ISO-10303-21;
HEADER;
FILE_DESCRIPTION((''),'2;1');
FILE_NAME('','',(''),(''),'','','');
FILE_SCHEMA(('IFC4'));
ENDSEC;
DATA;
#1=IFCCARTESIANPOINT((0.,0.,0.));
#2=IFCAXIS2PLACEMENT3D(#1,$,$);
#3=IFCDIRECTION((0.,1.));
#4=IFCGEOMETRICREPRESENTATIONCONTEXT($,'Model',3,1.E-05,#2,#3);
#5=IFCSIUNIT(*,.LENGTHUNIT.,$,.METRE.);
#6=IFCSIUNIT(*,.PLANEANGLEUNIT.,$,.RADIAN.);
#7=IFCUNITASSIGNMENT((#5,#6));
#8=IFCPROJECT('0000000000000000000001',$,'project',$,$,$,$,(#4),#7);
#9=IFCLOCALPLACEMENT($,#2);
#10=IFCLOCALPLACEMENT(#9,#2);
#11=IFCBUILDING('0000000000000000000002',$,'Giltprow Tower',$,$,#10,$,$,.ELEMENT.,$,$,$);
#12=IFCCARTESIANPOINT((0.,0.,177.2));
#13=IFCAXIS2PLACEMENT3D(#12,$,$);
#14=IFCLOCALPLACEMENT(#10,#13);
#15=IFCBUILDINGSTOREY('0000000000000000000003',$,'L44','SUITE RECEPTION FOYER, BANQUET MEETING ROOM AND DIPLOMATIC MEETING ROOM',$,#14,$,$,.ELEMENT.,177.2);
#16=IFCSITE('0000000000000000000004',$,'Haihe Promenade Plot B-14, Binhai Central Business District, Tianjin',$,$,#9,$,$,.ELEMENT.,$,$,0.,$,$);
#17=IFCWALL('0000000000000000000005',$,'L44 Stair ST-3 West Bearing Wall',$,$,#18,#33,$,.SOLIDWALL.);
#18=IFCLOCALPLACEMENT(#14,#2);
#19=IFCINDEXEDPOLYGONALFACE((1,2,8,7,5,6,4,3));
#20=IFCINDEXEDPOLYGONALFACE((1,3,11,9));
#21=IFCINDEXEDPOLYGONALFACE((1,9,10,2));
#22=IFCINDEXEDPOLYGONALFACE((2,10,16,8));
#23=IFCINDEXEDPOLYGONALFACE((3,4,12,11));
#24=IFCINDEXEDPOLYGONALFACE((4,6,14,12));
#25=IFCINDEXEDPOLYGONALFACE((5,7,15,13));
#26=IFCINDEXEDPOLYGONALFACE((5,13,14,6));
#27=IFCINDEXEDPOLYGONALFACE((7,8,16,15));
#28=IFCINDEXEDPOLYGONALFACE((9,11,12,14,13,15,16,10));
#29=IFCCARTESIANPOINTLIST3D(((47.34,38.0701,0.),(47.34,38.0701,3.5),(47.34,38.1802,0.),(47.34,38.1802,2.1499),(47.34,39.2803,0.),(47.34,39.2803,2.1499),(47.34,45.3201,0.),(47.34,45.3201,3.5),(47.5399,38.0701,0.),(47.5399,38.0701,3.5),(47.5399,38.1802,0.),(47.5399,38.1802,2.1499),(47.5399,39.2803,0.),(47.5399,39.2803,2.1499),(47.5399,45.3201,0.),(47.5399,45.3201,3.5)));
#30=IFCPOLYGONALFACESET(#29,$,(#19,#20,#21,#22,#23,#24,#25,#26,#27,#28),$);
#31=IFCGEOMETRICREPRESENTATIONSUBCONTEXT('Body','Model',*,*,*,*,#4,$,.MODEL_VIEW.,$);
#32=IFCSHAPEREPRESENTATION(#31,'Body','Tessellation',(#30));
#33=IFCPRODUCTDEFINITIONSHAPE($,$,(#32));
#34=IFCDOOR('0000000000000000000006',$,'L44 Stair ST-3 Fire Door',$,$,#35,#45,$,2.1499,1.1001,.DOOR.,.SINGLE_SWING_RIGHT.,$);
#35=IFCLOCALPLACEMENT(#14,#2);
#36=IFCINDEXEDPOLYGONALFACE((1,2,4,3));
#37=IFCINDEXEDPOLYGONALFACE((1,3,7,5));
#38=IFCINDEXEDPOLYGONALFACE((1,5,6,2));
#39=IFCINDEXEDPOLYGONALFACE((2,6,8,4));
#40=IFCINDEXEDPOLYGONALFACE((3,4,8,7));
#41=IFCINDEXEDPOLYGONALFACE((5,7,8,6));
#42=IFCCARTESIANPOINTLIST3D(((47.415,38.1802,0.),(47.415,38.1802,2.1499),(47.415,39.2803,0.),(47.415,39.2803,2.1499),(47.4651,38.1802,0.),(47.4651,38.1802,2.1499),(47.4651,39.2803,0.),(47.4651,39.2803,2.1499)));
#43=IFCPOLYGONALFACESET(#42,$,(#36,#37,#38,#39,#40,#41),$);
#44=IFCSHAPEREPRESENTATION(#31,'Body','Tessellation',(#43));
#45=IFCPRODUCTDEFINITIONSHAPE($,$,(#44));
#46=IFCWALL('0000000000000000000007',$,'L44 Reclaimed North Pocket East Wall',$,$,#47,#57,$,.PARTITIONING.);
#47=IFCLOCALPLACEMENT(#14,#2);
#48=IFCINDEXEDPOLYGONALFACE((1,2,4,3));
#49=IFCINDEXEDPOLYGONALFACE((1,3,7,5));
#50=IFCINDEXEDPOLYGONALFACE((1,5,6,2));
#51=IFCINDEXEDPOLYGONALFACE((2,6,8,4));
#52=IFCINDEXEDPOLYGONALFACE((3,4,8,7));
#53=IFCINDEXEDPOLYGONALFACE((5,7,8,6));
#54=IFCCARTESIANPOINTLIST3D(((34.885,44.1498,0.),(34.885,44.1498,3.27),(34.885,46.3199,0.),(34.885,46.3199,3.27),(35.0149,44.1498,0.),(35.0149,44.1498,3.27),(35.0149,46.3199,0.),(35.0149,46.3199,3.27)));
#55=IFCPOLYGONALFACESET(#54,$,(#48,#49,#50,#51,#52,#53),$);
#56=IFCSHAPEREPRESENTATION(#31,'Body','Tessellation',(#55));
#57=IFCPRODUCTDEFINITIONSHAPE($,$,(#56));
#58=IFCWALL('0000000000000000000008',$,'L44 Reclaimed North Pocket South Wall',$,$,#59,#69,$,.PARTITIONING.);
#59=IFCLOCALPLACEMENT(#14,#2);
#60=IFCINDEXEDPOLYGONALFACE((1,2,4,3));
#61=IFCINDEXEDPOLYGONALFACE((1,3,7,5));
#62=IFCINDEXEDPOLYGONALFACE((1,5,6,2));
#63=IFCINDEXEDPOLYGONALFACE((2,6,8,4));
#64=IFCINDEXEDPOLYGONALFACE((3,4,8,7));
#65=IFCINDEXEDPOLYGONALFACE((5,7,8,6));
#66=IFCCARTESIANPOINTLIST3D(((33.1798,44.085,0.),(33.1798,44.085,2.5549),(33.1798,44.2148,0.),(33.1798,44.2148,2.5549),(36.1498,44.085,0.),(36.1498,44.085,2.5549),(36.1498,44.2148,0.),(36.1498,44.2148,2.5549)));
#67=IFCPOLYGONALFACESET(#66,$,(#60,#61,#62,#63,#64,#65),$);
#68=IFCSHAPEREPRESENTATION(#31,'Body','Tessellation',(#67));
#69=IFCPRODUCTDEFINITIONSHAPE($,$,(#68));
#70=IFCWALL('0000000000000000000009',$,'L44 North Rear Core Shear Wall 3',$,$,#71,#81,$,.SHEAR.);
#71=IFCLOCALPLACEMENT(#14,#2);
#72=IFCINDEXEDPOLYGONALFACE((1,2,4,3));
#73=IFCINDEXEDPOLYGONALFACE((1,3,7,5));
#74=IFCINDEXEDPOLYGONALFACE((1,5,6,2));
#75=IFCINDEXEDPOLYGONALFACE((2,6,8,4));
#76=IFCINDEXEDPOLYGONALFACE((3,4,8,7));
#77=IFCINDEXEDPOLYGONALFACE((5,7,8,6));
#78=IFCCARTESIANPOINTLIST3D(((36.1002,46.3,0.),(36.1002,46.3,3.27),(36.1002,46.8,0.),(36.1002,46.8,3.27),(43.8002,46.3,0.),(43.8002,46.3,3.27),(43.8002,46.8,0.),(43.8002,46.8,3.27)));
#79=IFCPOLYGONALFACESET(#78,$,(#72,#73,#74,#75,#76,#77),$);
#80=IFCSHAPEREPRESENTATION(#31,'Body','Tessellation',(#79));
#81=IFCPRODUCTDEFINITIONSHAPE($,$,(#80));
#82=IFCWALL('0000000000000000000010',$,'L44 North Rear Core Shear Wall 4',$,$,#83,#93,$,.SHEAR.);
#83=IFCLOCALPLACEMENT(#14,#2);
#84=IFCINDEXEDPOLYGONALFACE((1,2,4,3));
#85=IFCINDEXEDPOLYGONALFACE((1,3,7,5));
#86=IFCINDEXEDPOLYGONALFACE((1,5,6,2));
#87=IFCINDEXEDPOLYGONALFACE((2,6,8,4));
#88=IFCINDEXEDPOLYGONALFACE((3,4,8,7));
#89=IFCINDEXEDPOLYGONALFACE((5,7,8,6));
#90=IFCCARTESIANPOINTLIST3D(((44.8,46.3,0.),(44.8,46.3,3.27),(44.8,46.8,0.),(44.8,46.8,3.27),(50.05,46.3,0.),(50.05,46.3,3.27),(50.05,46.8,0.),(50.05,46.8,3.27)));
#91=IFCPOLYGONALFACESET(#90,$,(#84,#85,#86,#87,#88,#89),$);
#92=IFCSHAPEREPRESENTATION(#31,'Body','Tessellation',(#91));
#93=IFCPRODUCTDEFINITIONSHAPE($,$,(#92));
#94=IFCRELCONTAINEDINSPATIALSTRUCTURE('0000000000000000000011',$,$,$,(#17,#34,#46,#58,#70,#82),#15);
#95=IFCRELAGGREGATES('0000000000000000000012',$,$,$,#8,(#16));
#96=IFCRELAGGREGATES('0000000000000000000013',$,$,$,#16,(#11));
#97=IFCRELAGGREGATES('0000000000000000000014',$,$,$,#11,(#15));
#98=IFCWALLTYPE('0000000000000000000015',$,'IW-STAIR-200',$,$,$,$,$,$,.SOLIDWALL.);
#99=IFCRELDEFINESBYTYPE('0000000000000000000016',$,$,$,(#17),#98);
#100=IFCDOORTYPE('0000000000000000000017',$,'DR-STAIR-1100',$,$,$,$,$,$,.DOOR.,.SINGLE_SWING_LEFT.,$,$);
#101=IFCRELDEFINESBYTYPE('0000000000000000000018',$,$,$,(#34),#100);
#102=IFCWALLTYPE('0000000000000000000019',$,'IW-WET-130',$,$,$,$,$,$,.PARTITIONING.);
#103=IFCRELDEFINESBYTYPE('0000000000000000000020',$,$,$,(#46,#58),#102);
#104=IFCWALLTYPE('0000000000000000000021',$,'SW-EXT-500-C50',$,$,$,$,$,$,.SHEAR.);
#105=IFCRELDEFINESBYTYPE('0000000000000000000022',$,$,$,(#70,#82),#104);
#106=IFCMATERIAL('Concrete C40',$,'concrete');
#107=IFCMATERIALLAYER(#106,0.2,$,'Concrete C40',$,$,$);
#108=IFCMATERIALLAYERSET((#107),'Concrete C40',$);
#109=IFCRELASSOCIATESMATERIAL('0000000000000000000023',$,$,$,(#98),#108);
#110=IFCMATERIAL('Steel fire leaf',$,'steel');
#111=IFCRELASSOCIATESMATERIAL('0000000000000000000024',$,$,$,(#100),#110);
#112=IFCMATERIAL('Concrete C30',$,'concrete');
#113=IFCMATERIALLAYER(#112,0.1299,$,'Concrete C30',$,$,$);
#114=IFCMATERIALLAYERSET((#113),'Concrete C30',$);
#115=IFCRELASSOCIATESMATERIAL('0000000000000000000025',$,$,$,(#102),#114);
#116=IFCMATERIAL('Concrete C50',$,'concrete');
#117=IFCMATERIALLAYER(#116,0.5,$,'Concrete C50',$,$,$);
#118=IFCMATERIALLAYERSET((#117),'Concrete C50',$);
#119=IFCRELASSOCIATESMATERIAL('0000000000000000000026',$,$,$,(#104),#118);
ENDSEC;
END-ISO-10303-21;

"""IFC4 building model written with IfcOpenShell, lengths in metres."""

from ifc_helpers import new_model, si_unit, direction, frame, frame_2d, origin, place, context, subcontext, project, spatial, rectangle, extrude, source, transform, mapped, material, layer, layer_set, type_object, element, fill, save


model = new_model("IFC4")

# Units and contexts
model_context = context("Model", 3, precision=1e-05, world=origin(), true_north=direction((0.0, 1.0)))
body_context = subcontext(model_context, "Body", "Model", "MODEL_VIEW")
ifc_project = project(units=[si_unit("LENGTHUNIT", "METRE"), si_unit("PLANEANGLEUNIT", "RADIAN")], contexts=[model_context])

# Site, building, storey
site_placement = place(None, origin())
site = spatial("IfcSite", under=ifc_project, at=site_placement, Name="Haihe Promenade Plot B-14, Binhai Central Business District, Tianjin", CompositionType="ELEMENT", RefElevation=0.0)
building_placement = place(site_placement, origin())
building = spatial("IfcBuilding", under=site, at=building_placement, Name="Giltprow Tower", CompositionType="ELEMENT")
storey_placement = place(building_placement, frame((0.0, 0.0, 177.2)))
storey = spatial("IfcBuildingStorey", under=building, at=storey_placement, Name="L44", Description="SUITE RECEPTION FOYER, BANQUET MEETING ROOM AND DIPLOMATIC MEETING ROOM", CompositionType="ELEMENT", Elevation=177.2)

# Shared definitions
ifc_material_1 = material(Name="Concrete C50", Category="concrete")

# Shared definitions
ifc_material_2 = material(Name="Concrete C40", Category="concrete")

# Wall, opening, door
ifc_layer_1 = layer(ifc_material_2, 0.2, Name="Concrete C40")
ifc_layer_set_1 = layer_set([ifc_layer_1], Name="Concrete C40")
wall_type_1 = type_object("IfcWallType", Name="IW-STAIR-200", PredefinedType="SOLIDWALL", material=ifc_layer_set_1)
wall_1_placement = place(storey_placement, frame((47.4399, 38.0701, 0.0), z_axis=(0.0, 0.0, 1.0), x_axis=(0.0, 1.0, 0.0)))
wall_1 = element("IfcWall", 1, at=wall_1_placement, inside=storey, type_object=wall_type_1, Name="L44 Stair ST-3 West Bearing Wall", PredefinedType="SOLIDWALL", context=body_context, shape_type="SweptSolid", body=[
    extrude(rectangle(XDim=7.25, YDim=0.2, at=frame_2d((3.625, 0.0))), origin(), (0.0, 0.0, 1.0), 3.5),
])
opening_1_placement = place(wall_1_placement, frame((0.1101, 0.0, 0.0)))
opening_1 = element("IfcOpeningElement", 2, at=opening_1_placement, cuts=wall_1, PredefinedType="OPENING", context=body_context, shape_type="SweptSolid", body=[
    extrude(rectangle(XDim=1.1001, YDim=2.1499, at=frame_2d((0.55, 1.075))), frame((0.0, 0.1099, 0.0), z_axis=(0.0, -1.0, 0.0), x_axis=(1.0, 0.0, 0.0)), (0.0, 0.0, 1.0), 0.22),
])
ifc_material_3 = material(Name="Steel fire leaf", Category="steel")
door_type_1 = type_object("IfcDoorType", Name="DR-STAIR-1100", OperationType="SINGLE_SWING_LEFT", PredefinedType="DOOR", material=ifc_material_3)
shared_shape_1 = source(origin(), body_context, "Body", "SweptSolid", [
    extrude(rectangle(XDim=1.1001, YDim=2.1499, at=frame_2d((0.55, 1.075))), frame((0.0, 0.0249, 0.0), z_axis=(0.0, -1.0, 0.0), x_axis=(1.0, 0.0, 0.0)), (0.0, 0.0, 1.0), 0.05),
])
door_1_placement = place(opening_1_placement, origin())
door_1 = element("IfcDoor", 3, at=door_1_placement, inside=storey, type_object=door_type_1, Name="L44 Stair ST-3 Fire Door", OperationType="SINGLE_SWING_RIGHT", OverallHeight=2.1499, OverallWidth=1.1001, PredefinedType="DOOR", context=body_context, shape_type="MappedRepresentation", body=[
    mapped(shared_shape_1, transform((0.0, 0.0, 0.0), x_axis=(1.0, 0.0, 0.0), y_axis=(0.0, 1.0, 0.0), z_axis=(0.0, 0.0, 1.0), scale=1.0)),
])
fill(opening_1, door_1)

# Walls
ifc_material_4 = material(Name="Concrete C30", Category="concrete")
ifc_layer_2 = layer(ifc_material_4, 0.1299, Name="Concrete C30")
ifc_layer_set_2 = layer_set([ifc_layer_2], Name="Concrete C30")
wall_type_2 = type_object("IfcWallType", Name="IW-WET-130", PredefinedType="PARTITIONING", material=ifc_layer_set_2)
wall_2_placement = place(storey_placement, frame((34.95, 44.1499, 0.0), z_axis=(0.0, 0.0, 1.0), x_axis=(0.0, 1.0, 0.0)))
element("IfcWall", 4, at=wall_2_placement, inside=storey, type_object=wall_type_2, Name="L44 Reclaimed North Pocket East Wall", PredefinedType="PARTITIONING", context=body_context, shape_type="SweptSolid", body=[
    extrude(rectangle(XDim=2.1702, YDim=0.1299, at=frame_2d((1.085, 0.0))), origin(), (0.0, 0.0, 1.0), 3.27),
])
wall_3_placement = place(storey_placement, frame((33.1799, 44.1499, 0.0), z_axis=(0.0, 0.0, 1.0), x_axis=(1.0, 0.0, 0.0)))
element("IfcWall", 5, at=wall_3_placement, inside=storey, type_object=wall_type_2, Name="L44 Reclaimed North Pocket South Wall", PredefinedType="PARTITIONING", context=body_context, shape_type="SweptSolid", body=[
    extrude(rectangle(XDim=2.97, YDim=0.1299, at=frame_2d((1.4849, 0.0))), origin(), (0.0, 0.0, 1.0), 2.5549),
])
ifc_layer_3 = layer(ifc_material_1, 0.5, Name="Concrete C50")
ifc_layer_set_3 = layer_set([ifc_layer_3], Name="Concrete C50")
wall_type_3 = type_object("IfcWallType", Name="SW-EXT-500-C50", PredefinedType="SHEAR", material=ifc_layer_set_3)
wall_4_placement = place(storey_placement, frame((36.1001, 46.55, 0.0), z_axis=(0.0, 0.0, 1.0), x_axis=(1.0, 0.0, 0.0)))
element("IfcWall", 6, at=wall_4_placement, inside=storey, type_object=wall_type_3, Name="L44 North Rear Core Shear Wall 3", PredefinedType="SHEAR", context=body_context, shape_type="SweptSolid", body=[
    extrude(rectangle(XDim=7.7, YDim=0.5, at=frame_2d((3.8501, 0.0))), origin(), (0.0, 0.0, 1.0), 3.27),
])
wall_5_placement = place(storey_placement, frame((44.8, 46.55, 0.0), z_axis=(0.0, 0.0, 1.0), x_axis=(1.0, 0.0, 0.0)))
element("IfcWall", 7, at=wall_5_placement, inside=storey, type_object=wall_type_3, Name="L44 North Rear Core Shear Wall 4", PredefinedType="SHEAR", context=body_context, shape_type="SweptSolid", body=[
    extrude(rectangle(XDim=5.25, YDim=0.5, at=frame_2d((2.625, 0.0))), origin(), (0.0, 0.0, 1.0), 3.27),
])

save(model, "model.ifc")
